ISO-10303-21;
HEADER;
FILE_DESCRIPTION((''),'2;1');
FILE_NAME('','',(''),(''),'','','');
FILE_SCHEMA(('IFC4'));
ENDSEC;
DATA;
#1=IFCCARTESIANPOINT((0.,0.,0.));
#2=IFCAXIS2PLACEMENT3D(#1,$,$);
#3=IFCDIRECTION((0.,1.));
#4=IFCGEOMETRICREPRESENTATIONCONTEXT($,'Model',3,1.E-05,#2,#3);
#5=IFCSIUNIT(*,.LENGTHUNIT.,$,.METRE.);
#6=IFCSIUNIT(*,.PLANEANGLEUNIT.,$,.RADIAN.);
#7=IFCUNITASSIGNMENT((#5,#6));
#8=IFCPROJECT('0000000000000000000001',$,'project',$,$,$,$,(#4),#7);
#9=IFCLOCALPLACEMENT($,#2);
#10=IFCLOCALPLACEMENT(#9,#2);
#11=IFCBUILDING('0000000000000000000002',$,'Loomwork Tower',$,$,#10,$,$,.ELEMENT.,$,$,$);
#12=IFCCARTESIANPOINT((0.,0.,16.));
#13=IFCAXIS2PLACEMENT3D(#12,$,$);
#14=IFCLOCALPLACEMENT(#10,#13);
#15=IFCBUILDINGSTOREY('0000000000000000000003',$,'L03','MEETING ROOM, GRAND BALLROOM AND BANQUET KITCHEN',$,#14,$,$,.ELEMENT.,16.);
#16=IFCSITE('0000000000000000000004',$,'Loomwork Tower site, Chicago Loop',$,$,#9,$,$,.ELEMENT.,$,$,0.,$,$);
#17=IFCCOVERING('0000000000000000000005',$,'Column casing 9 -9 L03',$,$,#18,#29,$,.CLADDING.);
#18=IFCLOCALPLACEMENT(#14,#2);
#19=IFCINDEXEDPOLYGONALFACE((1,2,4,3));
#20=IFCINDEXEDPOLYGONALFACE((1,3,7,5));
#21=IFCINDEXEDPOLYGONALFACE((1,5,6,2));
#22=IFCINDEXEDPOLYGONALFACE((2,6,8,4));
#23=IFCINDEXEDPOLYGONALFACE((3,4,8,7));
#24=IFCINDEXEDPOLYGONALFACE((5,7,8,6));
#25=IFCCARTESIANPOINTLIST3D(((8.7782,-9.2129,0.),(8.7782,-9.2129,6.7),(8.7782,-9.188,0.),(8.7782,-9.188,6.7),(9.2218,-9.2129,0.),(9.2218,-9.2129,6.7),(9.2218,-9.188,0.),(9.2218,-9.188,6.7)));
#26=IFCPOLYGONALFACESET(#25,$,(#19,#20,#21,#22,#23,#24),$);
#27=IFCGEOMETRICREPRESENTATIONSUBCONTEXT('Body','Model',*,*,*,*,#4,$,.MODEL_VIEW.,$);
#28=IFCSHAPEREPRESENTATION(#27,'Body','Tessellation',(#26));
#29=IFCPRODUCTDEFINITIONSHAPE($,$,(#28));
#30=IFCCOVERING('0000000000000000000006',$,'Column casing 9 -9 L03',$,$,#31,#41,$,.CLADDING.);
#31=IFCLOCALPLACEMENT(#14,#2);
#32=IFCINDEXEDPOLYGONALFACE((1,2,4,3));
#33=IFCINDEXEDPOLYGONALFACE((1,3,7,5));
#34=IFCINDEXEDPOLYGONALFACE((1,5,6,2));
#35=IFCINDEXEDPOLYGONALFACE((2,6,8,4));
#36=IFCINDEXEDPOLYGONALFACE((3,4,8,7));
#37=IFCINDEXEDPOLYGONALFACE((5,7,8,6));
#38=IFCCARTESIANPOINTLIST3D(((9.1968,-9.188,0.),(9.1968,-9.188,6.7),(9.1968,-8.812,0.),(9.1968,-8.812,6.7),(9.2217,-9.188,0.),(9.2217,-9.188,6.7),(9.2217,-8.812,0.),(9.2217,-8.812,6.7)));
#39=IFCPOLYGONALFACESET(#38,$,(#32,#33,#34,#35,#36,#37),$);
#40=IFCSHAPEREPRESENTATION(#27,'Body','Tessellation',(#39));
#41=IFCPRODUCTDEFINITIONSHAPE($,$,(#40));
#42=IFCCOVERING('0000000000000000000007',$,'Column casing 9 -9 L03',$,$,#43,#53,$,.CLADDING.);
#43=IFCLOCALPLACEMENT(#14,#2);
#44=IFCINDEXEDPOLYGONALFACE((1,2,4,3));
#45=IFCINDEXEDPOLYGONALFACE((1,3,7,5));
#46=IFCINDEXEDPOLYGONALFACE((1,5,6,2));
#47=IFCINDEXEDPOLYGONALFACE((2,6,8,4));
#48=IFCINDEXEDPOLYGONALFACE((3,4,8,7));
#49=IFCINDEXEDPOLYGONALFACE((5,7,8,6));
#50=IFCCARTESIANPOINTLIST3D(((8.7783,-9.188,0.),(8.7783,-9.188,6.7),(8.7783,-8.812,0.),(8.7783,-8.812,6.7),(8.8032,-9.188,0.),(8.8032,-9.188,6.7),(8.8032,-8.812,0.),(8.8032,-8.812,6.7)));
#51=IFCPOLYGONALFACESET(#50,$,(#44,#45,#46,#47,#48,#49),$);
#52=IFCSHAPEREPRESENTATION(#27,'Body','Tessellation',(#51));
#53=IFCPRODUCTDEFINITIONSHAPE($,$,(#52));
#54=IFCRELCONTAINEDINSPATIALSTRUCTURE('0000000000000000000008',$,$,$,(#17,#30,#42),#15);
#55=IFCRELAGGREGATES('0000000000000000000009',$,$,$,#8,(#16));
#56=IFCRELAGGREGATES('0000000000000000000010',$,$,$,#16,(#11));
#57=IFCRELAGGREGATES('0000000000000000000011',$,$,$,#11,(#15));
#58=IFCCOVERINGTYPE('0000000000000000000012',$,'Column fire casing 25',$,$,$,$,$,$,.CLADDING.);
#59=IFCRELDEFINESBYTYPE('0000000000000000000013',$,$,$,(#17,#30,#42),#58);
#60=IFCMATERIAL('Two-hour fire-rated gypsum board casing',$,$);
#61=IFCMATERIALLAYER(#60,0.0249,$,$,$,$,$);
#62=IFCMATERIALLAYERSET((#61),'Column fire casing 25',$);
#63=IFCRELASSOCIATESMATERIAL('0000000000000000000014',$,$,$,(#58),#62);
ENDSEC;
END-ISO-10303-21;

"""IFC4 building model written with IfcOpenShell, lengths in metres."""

from ifc_helpers import new_model, si_unit, direction, frame, origin, origin_2d, place, context, subcontext, project, spatial, rectangle, extrude, material, layer, layer_set, type_object, element, save


model = new_model("IFC4")

# Units and contexts
model_context = context("Model", 3, precision=1e-05, world=origin(), true_north=direction((0.0, 1.0)))
body_context = subcontext(model_context, "Body", "Model", "MODEL_VIEW")
ifc_project = project(units=[si_unit("LENGTHUNIT", "METRE"), si_unit("PLANEANGLEUNIT", "RADIAN")], contexts=[model_context])

# Site, building, storey
site_placement = place(None, origin())
site = spatial("IfcSite", under=ifc_project, at=site_placement, Name="Loomwork Tower site, Chicago Loop", CompositionType="ELEMENT", RefElevation=0.0)
building_placement = place(site_placement, origin())
building = spatial("IfcBuilding", under=site, at=building_placement, Name="Loomwork Tower", CompositionType="ELEMENT")
storey_placement = place(building_placement, frame((0.0, 0.0, 16.0)))
storey = spatial("IfcBuildingStorey", under=building, at=storey_placement, Name="L03", Description="MEETING ROOM, GRAND BALLROOM AND BANQUET KITCHEN", CompositionType="ELEMENT", Elevation=16.0)

# Coverings
ifc_material_1 = material(Name="Two-hour fire-rated gypsum board casing")
ifc_layer_1 = layer(ifc_material_1, 0.0249)
ifc_layer_set_1 = layer_set([ifc_layer_1], Name="Column fire casing 25")
covering_type = type_object("IfcCoveringType", Name="Column fire casing 25", PredefinedType="CLADDING", material=ifc_layer_set_1)
covering_1_placement = place(storey_placement, frame((9.0, -9.2004, 0.0), z_axis=(0.0, 0.0, 1.0), x_axis=(1.0, 0.0, 0.0)))
element("IfcCovering", 1, at=covering_1_placement, inside=storey, type_object=covering_type, Name="Column casing 9 -9 L03", PredefinedType="CLADDING", context=body_context, shape_type="SweptSolid", body=[
    extrude(rectangle(XDim=0.4436, YDim=0.0249, at=origin_2d()), origin(), (0.0, 0.0, 1.0), 6.7),
])
for number, where, z_axis, x_axis, name in (
    (2, (9.2092, -9.0, 0.0), (0.0, 0.0, 1.0), (1.0, 0.0, 0.0), "Column casing 9 -9 L03"),
    (3, (8.7908, -9.0, 0.0), (0.0, 0.0, 1.0), (1.0, 0.0, 0.0), "Column casing 9 -9 L03"),
):
    element("IfcCovering", number, at=place(storey_placement, frame(where, z_axis=z_axis, x_axis=x_axis)), inside=storey, type_object=covering_type, Name=name, PredefinedType="CLADDING", context=body_context, shape_type="SweptSolid", body=[
        extrude(rectangle(XDim=0.0249, YDim=0.376, at=origin_2d()), origin(), (0.0, 0.0, 1.0), 6.7),
    ])

save(model, "model.ifc")
